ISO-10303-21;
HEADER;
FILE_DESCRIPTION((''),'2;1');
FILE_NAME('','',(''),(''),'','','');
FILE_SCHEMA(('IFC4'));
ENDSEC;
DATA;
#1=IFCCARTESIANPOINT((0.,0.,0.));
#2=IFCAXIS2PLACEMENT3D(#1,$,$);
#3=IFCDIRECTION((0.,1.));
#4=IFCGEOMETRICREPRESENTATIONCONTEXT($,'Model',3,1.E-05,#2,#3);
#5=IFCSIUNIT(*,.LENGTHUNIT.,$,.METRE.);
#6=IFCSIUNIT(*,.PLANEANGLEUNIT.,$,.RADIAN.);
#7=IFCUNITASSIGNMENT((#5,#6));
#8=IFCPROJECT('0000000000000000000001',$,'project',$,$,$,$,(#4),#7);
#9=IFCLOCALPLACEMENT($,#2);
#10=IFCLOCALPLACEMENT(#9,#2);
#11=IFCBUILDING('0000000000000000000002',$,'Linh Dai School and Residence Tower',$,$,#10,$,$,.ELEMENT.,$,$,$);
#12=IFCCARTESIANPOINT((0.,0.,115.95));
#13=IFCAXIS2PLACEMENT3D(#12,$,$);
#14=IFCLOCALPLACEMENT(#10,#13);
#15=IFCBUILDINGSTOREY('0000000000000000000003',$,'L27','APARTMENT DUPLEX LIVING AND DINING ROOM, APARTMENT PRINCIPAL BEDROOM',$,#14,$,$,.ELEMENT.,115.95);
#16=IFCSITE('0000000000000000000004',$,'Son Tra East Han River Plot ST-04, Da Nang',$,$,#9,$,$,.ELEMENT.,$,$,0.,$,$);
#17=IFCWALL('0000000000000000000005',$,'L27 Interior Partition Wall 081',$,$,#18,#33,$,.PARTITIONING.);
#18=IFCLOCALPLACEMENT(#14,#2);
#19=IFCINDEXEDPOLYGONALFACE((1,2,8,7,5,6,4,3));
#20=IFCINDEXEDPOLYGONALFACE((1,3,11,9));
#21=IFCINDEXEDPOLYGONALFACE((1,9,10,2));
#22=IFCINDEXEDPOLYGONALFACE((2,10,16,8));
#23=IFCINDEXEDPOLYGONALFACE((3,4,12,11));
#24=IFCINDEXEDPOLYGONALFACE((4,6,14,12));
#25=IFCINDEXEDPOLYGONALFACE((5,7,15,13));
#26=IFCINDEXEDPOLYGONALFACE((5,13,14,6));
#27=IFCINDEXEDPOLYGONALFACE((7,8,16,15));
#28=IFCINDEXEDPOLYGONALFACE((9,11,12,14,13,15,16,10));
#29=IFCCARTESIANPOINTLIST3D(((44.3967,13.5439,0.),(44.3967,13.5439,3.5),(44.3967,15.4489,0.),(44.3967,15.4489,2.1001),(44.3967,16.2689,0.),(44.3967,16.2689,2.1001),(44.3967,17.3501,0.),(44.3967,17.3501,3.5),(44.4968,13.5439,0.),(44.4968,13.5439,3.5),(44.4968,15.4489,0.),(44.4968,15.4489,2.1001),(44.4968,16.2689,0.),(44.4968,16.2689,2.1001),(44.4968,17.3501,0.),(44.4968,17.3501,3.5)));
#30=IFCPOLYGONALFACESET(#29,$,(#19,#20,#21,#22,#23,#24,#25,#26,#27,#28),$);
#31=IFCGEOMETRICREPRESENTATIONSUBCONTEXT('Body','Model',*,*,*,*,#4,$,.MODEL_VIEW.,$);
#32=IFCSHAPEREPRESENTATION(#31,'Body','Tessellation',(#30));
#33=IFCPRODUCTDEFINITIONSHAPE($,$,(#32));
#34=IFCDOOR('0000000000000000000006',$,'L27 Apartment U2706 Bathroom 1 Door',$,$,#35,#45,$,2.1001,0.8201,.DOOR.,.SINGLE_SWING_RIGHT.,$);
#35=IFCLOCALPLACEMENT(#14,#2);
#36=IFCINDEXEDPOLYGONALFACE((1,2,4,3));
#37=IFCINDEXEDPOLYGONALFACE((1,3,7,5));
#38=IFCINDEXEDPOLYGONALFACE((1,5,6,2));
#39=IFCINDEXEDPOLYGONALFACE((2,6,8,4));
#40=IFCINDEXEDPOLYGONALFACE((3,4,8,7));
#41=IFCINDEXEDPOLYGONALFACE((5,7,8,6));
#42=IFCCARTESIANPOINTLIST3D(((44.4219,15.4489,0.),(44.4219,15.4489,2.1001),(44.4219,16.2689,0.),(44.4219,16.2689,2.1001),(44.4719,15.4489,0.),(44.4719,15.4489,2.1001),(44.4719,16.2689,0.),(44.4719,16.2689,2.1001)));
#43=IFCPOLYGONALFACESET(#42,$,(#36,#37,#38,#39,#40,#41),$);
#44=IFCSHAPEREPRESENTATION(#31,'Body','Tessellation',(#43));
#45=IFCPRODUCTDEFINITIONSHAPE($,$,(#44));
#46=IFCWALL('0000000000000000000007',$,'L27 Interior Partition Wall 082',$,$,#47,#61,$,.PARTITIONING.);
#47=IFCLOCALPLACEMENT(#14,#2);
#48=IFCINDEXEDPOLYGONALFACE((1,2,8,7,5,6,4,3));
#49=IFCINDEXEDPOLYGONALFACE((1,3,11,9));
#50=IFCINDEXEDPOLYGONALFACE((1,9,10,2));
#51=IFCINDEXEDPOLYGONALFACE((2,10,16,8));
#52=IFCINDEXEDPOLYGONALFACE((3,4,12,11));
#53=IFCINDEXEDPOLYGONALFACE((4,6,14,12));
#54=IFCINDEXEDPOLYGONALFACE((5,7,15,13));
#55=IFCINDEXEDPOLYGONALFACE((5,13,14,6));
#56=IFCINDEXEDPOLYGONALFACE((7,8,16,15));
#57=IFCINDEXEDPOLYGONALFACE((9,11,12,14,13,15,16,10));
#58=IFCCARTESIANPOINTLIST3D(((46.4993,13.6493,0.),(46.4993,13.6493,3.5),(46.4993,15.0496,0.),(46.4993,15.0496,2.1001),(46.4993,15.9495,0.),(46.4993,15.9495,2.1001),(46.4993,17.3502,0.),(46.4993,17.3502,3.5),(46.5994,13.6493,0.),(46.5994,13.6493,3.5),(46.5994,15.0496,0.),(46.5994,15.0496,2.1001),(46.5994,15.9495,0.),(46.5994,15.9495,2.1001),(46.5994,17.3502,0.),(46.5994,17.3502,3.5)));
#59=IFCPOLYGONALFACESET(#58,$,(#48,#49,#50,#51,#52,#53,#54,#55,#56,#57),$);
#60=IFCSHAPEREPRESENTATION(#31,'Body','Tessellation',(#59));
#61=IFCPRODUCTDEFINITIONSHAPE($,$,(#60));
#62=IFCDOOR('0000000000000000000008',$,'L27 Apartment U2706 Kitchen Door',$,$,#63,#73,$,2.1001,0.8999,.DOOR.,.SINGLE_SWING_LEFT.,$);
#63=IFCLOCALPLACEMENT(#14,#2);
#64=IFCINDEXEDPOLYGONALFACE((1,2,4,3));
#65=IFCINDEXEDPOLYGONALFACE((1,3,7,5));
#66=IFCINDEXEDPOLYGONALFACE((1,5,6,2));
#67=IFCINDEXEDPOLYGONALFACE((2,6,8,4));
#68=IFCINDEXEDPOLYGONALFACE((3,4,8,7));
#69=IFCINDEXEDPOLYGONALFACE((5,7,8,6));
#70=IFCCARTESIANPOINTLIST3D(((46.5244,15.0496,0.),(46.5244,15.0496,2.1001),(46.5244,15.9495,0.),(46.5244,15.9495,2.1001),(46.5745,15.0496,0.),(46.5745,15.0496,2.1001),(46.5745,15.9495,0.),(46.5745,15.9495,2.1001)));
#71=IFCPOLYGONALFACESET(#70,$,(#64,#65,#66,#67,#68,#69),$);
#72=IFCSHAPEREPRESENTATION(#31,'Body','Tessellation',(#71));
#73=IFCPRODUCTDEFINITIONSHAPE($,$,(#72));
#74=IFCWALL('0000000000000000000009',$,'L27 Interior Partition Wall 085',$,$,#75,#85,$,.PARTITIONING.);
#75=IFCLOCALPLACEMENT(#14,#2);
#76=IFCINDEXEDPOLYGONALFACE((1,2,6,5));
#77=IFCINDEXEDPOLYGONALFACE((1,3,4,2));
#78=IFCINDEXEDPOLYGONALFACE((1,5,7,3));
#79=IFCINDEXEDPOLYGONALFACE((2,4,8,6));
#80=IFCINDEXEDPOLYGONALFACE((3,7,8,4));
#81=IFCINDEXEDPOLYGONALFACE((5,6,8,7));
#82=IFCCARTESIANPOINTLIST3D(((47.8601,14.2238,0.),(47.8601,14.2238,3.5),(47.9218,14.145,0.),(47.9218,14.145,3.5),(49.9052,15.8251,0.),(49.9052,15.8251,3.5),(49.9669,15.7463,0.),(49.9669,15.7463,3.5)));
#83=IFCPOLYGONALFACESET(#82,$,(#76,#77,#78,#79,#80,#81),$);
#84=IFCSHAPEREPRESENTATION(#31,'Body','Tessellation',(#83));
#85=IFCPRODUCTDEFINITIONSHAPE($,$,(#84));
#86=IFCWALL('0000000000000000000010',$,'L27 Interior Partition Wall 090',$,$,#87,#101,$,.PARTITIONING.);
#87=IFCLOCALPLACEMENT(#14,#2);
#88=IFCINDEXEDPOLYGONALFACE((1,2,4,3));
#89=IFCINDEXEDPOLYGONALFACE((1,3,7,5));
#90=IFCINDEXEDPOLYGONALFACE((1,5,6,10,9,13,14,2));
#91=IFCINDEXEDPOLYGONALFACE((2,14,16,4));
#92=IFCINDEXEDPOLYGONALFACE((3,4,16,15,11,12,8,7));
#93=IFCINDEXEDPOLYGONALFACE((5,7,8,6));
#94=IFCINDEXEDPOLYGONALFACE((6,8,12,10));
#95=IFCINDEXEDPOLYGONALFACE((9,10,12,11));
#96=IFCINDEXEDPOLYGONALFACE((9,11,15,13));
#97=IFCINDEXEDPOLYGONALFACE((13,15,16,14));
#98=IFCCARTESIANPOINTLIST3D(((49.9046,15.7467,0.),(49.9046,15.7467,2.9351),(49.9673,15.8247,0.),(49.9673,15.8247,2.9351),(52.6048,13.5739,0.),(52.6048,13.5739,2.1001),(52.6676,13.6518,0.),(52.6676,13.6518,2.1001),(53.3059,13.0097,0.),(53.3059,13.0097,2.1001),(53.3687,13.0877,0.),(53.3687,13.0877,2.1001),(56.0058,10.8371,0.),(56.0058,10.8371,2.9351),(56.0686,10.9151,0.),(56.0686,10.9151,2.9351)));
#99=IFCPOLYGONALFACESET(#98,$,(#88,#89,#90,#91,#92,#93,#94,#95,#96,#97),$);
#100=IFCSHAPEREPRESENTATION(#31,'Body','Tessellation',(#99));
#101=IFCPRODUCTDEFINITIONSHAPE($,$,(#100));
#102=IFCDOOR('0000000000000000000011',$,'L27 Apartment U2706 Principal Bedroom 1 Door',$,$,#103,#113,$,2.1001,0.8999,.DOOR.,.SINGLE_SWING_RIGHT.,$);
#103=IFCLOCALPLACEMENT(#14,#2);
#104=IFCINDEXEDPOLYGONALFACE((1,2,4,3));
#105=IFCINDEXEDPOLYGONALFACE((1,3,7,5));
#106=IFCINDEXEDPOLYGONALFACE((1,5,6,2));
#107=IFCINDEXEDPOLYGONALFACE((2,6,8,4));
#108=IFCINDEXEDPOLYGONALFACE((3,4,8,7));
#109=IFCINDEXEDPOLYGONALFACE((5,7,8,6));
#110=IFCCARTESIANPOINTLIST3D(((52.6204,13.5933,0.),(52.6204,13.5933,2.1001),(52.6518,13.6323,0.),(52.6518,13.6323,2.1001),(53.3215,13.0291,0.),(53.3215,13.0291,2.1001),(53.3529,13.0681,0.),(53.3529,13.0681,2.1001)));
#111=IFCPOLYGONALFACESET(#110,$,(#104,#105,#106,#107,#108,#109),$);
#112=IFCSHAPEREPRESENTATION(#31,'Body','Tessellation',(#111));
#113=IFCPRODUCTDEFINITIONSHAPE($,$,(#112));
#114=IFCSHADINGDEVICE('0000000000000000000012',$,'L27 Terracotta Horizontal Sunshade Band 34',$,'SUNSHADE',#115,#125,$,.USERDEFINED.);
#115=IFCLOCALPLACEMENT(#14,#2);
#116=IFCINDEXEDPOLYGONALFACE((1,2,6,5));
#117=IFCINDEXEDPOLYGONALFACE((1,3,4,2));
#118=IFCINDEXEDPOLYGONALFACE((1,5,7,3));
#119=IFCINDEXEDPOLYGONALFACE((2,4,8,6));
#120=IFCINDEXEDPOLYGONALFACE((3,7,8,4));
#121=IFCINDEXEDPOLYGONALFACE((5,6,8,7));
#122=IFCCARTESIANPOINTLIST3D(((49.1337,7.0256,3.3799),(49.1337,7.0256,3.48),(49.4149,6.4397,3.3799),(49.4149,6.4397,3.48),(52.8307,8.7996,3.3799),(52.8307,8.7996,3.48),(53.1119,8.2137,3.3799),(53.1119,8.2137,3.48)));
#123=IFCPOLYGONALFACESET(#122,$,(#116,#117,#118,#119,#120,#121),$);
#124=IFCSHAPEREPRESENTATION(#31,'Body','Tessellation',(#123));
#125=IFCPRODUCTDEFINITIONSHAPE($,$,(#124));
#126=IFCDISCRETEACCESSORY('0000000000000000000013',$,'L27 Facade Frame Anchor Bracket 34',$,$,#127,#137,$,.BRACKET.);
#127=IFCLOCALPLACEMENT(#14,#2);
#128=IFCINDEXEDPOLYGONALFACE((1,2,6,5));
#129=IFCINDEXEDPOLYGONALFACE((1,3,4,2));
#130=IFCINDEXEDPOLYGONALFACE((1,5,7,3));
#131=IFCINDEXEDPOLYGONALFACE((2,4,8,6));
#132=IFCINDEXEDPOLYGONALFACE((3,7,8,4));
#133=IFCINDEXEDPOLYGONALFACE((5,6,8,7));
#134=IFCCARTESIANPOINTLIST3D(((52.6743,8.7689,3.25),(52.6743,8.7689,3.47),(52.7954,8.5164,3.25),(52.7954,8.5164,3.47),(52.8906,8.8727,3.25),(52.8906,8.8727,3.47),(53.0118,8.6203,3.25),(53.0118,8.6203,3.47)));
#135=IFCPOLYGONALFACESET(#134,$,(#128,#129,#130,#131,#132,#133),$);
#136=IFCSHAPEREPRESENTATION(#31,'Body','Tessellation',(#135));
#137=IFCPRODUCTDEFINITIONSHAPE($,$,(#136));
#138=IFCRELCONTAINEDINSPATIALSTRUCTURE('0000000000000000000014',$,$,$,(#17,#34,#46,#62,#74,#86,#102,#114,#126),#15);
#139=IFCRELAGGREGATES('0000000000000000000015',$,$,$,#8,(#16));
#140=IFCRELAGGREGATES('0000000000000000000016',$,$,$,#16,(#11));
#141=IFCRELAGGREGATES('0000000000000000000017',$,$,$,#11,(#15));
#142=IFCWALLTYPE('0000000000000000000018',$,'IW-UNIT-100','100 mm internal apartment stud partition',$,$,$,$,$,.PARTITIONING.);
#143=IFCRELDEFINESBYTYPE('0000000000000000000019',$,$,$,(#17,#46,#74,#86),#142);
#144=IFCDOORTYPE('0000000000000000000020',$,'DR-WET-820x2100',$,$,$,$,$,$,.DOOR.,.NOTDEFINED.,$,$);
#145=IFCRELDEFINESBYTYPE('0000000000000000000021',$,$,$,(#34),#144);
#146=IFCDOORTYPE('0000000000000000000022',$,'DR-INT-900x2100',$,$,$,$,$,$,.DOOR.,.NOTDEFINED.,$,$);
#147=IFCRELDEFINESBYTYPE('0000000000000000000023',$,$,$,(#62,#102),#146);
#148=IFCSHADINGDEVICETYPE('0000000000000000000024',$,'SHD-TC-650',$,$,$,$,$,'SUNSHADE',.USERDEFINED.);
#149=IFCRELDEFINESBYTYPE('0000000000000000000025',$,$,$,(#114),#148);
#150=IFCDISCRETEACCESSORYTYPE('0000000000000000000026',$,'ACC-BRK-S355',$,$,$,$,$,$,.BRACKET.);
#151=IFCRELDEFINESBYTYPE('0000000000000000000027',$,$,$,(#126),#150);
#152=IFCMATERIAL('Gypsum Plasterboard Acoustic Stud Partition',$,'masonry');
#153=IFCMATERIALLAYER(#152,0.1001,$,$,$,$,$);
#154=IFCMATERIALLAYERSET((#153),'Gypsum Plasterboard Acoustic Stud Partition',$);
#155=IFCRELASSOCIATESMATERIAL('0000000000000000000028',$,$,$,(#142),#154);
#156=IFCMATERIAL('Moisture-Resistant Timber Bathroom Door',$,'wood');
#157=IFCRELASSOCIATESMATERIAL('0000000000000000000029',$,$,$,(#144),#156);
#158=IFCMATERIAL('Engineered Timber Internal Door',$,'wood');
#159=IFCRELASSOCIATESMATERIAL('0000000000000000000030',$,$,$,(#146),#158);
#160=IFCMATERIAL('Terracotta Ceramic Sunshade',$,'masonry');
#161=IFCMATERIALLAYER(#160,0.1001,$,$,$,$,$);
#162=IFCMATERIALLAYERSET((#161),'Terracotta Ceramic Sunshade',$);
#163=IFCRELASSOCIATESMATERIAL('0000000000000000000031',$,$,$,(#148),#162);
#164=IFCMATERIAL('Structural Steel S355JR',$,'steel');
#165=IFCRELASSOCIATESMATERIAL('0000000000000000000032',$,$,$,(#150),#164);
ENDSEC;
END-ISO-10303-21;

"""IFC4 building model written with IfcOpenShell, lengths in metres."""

from ifc_helpers import new_model, si_unit, direction, frame, frame_2d, origin, origin_2d, place, context, subcontext, project, spatial, rectangle, extrude, source, transform, mapped, material, layer, layer_set, type_object, element, fill, save


model = new_model("IFC4")

# Units and contexts
model_context = context("Model", 3, precision=1e-05, world=origin(), true_north=direction((0.0, 1.0)))
body_context = subcontext(model_context, "Body", "Model", "MODEL_VIEW")
ifc_project = project(units=[si_unit("LENGTHUNIT", "METRE"), si_unit("PLANEANGLEUNIT", "RADIAN")], contexts=[model_context])

# Site, building, storey
site_placement = place(None, origin())
site = spatial("IfcSite", under=ifc_project, at=site_placement, Name="Son Tra East Han River Plot ST-04, Da Nang", CompositionType="ELEMENT", RefElevation=0.0)
building_placement = place(site_placement, origin())
building = spatial("IfcBuilding", under=site, at=building_placement, Name="Linh Dai School and Residence Tower", CompositionType="ELEMENT")
storey_placement = place(building_placement, frame((0.0, 0.0, 115.95)))
storey = spatial("IfcBuildingStorey", under=building, at=storey_placement, Name="L27", Description="APARTMENT DUPLEX LIVING AND DINING ROOM, APARTMENT PRINCIPAL BEDROOM", CompositionType="ELEMENT", Elevation=115.95)

# Shared definitions
ifc_material_1 = material(Name="Structural Steel S355JR", Category="steel")

# Walls, openings, doors
ifc_material_2 = material(Name="Gypsum Plasterboard Acoustic Stud Partition", Category="masonry")
ifc_layer_1 = layer(ifc_material_2, 0.1001)
ifc_layer_set_1 = layer_set([ifc_layer_1], Name="Gypsum Plasterboard Acoustic Stud Partition")
wall_type_1 = type_object("IfcWallType", Name="IW-UNIT-100", Description="100 mm internal apartment stud partition", PredefinedType="PARTITIONING", material=ifc_layer_set_1)
wall_1_placement = place(storey_placement, frame((44.4468, 13.5439, 0.0), z_axis=(0.0, 0.0, 1.0), x_axis=(0.0, 1.0, 0.0)))
wall_1 = element("IfcWall", 1, at=wall_1_placement, inside=storey, type_object=wall_type_1, Name="L27 Interior Partition Wall 081", PredefinedType="PARTITIONING", context=body_context, shape_type="SweptSolid", body=[
    extrude(rectangle(XDim=3.8062, YDim=0.1001, at=frame_2d((1.9031, 0.0))), origin(), (0.0, 0.0, 1.0), 3.5),
])
opening_1_placement = place(wall_1_placement, frame((1.9048, 0.0, 0.0)))
opening_1 = element("IfcOpeningElement", 2, at=opening_1_placement, cuts=wall_1, PredefinedType="OPENING", context=body_context, shape_type="SweptSolid", body=[
    extrude(rectangle(XDim=0.8201, YDim=2.1001, at=origin_2d()), frame((0.4102, 0.0601, 1.05), z_axis=(0.0, -1.0, 0.0), x_axis=(1.0, 0.0, 0.0)), (0.0, 0.0, 1.0), 0.1201),
])
ifc_material_3 = material(Name="Moisture-Resistant Timber Bathroom Door", Category="wood")
door_type_1 = type_object("IfcDoorType", Name="DR-WET-820x2100", OperationType="NOTDEFINED", PredefinedType="DOOR", material=ifc_material_3)
shared_shape_1 = source(origin(), body_context, "Body", "SweptSolid", [
    extrude(rectangle(XDim=0.8201, YDim=2.1001, at=origin_2d()), frame((0.4102, 0.0249, 1.05), z_axis=(0.0, -1.0, 0.0), x_axis=(1.0, 0.0, 0.0)), (0.0, 0.0, 1.0), 0.05),
])
door_1_placement = place(opening_1_placement, origin())
door_1 = element("IfcDoor", 3, at=door_1_placement, inside=storey, type_object=door_type_1, Name="L27 Apartment U2706 Bathroom 1 Door", OperationType="SINGLE_SWING_RIGHT", OverallHeight=2.1001, OverallWidth=0.8201, PredefinedType="DOOR", context=body_context, shape_type="MappedRepresentation", body=[
    mapped(shared_shape_1, transform((0.0, 0.0, 0.0), x_axis=(1.0, 0.0, 0.0), y_axis=(0.0, 1.0, 0.0), z_axis=(0.0, 0.0, 1.0), scale=1.0)),
])
fill(opening_1, door_1)
wall_2_placement = place(storey_placement, frame((46.5493, 13.6492, 0.0), z_axis=(0.0, 0.0, 1.0), x_axis=(0.0, 1.0, 0.0)))
wall_2 = element("IfcWall", 4, at=wall_2_placement, inside=storey, type_object=wall_type_1, Name="L27 Interior Partition Wall 082", PredefinedType="PARTITIONING", context=body_context, shape_type="SweptSolid", body=[
    extrude(rectangle(XDim=3.7009, YDim=0.1001, at=frame_2d((1.8506, 0.0))), origin(), (0.0, 0.0, 1.0), 3.5),
])
opening_2_placement = place(wall_2_placement, frame((1.4004, 0.0, 0.0)))
opening_2 = element("IfcOpeningElement", 5, at=opening_2_placement, cuts=wall_2, PredefinedType="OPENING", context=body_context, shape_type="SweptSolid", body=[
    extrude(rectangle(XDim=0.8999, YDim=2.1001, at=origin_2d()), frame((0.45, 0.0601, 1.05), z_axis=(0.0, -1.0, 0.0), x_axis=(1.0, 0.0, 0.0)), (0.0, 0.0, 1.0), 0.1201),
])
ifc_material_4 = material(Name="Engineered Timber Internal Door", Category="wood")
door_type_2 = type_object("IfcDoorType", Name="DR-INT-900x2100", OperationType="NOTDEFINED", PredefinedType="DOOR", material=ifc_material_4)
shared_shape_2 = source(origin(), body_context, "Body", "SweptSolid", [
    extrude(rectangle(XDim=0.8999, YDim=2.1001, at=origin_2d()), frame((0.45, 0.0249, 1.05), z_axis=(0.0, -1.0, 0.0), x_axis=(1.0, 0.0, 0.0)), (0.0, 0.0, 1.0), 0.05),
])
door_2_placement = place(opening_2_placement, origin())
door_2 = element("IfcDoor", 6, at=door_2_placement, inside=storey, type_object=door_type_2, Name="L27 Apartment U2706 Kitchen Door", OperationType="SINGLE_SWING_LEFT", OverallHeight=2.1001, OverallWidth=0.8999, PredefinedType="DOOR", context=body_context, shape_type="MappedRepresentation", body=[
    mapped(shared_shape_2, transform((0.0, 0.0, 0.0), x_axis=(1.0, 0.0, 0.0), y_axis=(0.0, 1.0, 0.0), z_axis=(0.0, 0.0, 1.0), scale=1.0)),
])
fill(opening_2, door_2)

# Wall
wall_3_placement = place(storey_placement, frame((47.8909, 14.1843, 0.0), z_axis=(0.0, 0.0, 1.0), x_axis=(0.787364, 0.616488, 0.0)))
element("IfcWall", 7, at=wall_3_placement, inside=storey, type_object=wall_type_1, Name="L27 Interior Partition Wall 085", PredefinedType="PARTITIONING", context=body_context, shape_type="SweptSolid", body=[
    extrude(rectangle(XDim=2.5974, YDim=0.1001, at=frame_2d((1.2988, 0.0))), origin(), (0.0, 0.0, 1.0), 3.5),
])

# Wall, opening, door
wall_4_placement = place(storey_placement, frame((49.936, 15.7856, 0.0), z_axis=(0.0, 0.0, 1.0), x_axis=(0.779083, -0.62692, 0.0)))
wall_4 = element("IfcWall", 8, at=wall_4_placement, inside=storey, type_object=wall_type_1, Name="L27 Interior Partition Wall 090", PredefinedType="PARTITIONING", context=body_context, shape_type="SweptSolid", body=[
    extrude(rectangle(XDim=7.8313, YDim=0.1001, at=frame_2d((3.9155, 0.0))), origin(), (0.0, 0.0, 1.0), 2.9351),
])
opening_3_placement = place(wall_4_placement, frame((3.4658, 0.0, 0.0)))
opening_3 = element("IfcOpeningElement", 9, at=opening_3_placement, cuts=wall_4, PredefinedType="OPENING", context=body_context, shape_type="SweptSolid", body=[
    extrude(rectangle(XDim=0.8999, YDim=2.1001, at=origin_2d()), frame((0.45, 0.0601, 1.05), z_axis=(0.0, -1.0, 0.0), x_axis=(1.0, 0.0, 0.0)), (0.0, 0.0, 1.0), 0.1201),
])
door_3_placement = place(opening_3_placement, origin())
door_3 = element("IfcDoor", 10, at=door_3_placement, inside=storey, type_object=door_type_2, Name="L27 Apartment U2706 Principal Bedroom 1 Door", OperationType="SINGLE_SWING_RIGHT", OverallHeight=2.1001, OverallWidth=0.8999, PredefinedType="DOOR", context=body_context, shape_type="MappedRepresentation", body=[
    mapped(shared_shape_2, transform((0.0, 0.0, 0.0), x_axis=(1.0, 0.0, 0.0), y_axis=(0.0, 1.0, 0.0), z_axis=(0.0, 0.0, 1.0), scale=1.0)),
])
fill(opening_3, door_3)

# Shading device
ifc_material_5 = material(Name="Terracotta Ceramic Sunshade", Category="masonry")
ifc_layer_2 = layer(ifc_material_5, 0.1001)
ifc_layer_set_2 = layer_set([ifc_layer_2], Name="Terracotta Ceramic Sunshade")
shading_device_type = type_object("IfcShadingDeviceType", Name="SHD-TC-650", ElementType="SUNSHADE", PredefinedType="USERDEFINED", material=ifc_layer_set_2)
shared_shape_3 = source(origin(), body_context, "Body", "SweptSolid", [
    extrude(rectangle(XDim=4.1006, YDim=0.6499, at=origin_2d()), origin(), (0.0, 0.0, 1.0), 0.1001),
])
shading_device_placement = place(storey_placement, frame((51.1228, 7.6196, 3.3799), z_axis=(0.0, 0.0, 1.0), x_axis=(-0.901578, -0.432618, 0.0)))
element("IfcShadingDevice", 11, at=shading_device_placement, inside=storey, type_object=shading_device_type, Name="L27 Terracotta Horizontal Sunshade Band 34", ObjectType="SUNSHADE", PredefinedType="USERDEFINED", context=body_context, shape_type="MappedRepresentation", body=[
    mapped(shared_shape_3, transform((0.0, 0.0, 0.0), x_axis=(1.0, 0.0, 0.0), y_axis=(0.0, 1.0, 0.0), z_axis=(0.0, 0.0, 1.0), scale=1.0)),
])

# Discrete accessory
discrete_accessory_type = type_object("IfcDiscreteAccessoryType", Name="ACC-BRK-S355", PredefinedType="BRACKET", material=ifc_material_1)
shared_shape_4 = source(origin(), body_context, "Body", "SweptSolid", [
    extrude(rectangle(XDim=0.28, YDim=0.24, at=origin_2d()), origin(), (0.0, 0.0, 1.0), 0.22),
])
discrete_accessory_placement = place(storey_placement, frame((52.843, 8.6946, 3.25), z_axis=(0.0, 0.0, 1.0), x_axis=(0.432618, -0.901578, 0.0)))
element("IfcDiscreteAccessory", 12, at=discrete_accessory_placement, inside=storey, type_object=discrete_accessory_type, Name="L27 Facade Frame Anchor Bracket 34", PredefinedType="BRACKET", context=body_context, shape_type="MappedRepresentation", body=[
    mapped(shared_shape_4, transform((0.0, 0.0, 0.0), x_axis=(1.0, 0.0, 0.0), y_axis=(0.0, 1.0, 0.0), z_axis=(0.0, 0.0, 1.0), scale=1.0)),
])

save(model, "model.ifc")
